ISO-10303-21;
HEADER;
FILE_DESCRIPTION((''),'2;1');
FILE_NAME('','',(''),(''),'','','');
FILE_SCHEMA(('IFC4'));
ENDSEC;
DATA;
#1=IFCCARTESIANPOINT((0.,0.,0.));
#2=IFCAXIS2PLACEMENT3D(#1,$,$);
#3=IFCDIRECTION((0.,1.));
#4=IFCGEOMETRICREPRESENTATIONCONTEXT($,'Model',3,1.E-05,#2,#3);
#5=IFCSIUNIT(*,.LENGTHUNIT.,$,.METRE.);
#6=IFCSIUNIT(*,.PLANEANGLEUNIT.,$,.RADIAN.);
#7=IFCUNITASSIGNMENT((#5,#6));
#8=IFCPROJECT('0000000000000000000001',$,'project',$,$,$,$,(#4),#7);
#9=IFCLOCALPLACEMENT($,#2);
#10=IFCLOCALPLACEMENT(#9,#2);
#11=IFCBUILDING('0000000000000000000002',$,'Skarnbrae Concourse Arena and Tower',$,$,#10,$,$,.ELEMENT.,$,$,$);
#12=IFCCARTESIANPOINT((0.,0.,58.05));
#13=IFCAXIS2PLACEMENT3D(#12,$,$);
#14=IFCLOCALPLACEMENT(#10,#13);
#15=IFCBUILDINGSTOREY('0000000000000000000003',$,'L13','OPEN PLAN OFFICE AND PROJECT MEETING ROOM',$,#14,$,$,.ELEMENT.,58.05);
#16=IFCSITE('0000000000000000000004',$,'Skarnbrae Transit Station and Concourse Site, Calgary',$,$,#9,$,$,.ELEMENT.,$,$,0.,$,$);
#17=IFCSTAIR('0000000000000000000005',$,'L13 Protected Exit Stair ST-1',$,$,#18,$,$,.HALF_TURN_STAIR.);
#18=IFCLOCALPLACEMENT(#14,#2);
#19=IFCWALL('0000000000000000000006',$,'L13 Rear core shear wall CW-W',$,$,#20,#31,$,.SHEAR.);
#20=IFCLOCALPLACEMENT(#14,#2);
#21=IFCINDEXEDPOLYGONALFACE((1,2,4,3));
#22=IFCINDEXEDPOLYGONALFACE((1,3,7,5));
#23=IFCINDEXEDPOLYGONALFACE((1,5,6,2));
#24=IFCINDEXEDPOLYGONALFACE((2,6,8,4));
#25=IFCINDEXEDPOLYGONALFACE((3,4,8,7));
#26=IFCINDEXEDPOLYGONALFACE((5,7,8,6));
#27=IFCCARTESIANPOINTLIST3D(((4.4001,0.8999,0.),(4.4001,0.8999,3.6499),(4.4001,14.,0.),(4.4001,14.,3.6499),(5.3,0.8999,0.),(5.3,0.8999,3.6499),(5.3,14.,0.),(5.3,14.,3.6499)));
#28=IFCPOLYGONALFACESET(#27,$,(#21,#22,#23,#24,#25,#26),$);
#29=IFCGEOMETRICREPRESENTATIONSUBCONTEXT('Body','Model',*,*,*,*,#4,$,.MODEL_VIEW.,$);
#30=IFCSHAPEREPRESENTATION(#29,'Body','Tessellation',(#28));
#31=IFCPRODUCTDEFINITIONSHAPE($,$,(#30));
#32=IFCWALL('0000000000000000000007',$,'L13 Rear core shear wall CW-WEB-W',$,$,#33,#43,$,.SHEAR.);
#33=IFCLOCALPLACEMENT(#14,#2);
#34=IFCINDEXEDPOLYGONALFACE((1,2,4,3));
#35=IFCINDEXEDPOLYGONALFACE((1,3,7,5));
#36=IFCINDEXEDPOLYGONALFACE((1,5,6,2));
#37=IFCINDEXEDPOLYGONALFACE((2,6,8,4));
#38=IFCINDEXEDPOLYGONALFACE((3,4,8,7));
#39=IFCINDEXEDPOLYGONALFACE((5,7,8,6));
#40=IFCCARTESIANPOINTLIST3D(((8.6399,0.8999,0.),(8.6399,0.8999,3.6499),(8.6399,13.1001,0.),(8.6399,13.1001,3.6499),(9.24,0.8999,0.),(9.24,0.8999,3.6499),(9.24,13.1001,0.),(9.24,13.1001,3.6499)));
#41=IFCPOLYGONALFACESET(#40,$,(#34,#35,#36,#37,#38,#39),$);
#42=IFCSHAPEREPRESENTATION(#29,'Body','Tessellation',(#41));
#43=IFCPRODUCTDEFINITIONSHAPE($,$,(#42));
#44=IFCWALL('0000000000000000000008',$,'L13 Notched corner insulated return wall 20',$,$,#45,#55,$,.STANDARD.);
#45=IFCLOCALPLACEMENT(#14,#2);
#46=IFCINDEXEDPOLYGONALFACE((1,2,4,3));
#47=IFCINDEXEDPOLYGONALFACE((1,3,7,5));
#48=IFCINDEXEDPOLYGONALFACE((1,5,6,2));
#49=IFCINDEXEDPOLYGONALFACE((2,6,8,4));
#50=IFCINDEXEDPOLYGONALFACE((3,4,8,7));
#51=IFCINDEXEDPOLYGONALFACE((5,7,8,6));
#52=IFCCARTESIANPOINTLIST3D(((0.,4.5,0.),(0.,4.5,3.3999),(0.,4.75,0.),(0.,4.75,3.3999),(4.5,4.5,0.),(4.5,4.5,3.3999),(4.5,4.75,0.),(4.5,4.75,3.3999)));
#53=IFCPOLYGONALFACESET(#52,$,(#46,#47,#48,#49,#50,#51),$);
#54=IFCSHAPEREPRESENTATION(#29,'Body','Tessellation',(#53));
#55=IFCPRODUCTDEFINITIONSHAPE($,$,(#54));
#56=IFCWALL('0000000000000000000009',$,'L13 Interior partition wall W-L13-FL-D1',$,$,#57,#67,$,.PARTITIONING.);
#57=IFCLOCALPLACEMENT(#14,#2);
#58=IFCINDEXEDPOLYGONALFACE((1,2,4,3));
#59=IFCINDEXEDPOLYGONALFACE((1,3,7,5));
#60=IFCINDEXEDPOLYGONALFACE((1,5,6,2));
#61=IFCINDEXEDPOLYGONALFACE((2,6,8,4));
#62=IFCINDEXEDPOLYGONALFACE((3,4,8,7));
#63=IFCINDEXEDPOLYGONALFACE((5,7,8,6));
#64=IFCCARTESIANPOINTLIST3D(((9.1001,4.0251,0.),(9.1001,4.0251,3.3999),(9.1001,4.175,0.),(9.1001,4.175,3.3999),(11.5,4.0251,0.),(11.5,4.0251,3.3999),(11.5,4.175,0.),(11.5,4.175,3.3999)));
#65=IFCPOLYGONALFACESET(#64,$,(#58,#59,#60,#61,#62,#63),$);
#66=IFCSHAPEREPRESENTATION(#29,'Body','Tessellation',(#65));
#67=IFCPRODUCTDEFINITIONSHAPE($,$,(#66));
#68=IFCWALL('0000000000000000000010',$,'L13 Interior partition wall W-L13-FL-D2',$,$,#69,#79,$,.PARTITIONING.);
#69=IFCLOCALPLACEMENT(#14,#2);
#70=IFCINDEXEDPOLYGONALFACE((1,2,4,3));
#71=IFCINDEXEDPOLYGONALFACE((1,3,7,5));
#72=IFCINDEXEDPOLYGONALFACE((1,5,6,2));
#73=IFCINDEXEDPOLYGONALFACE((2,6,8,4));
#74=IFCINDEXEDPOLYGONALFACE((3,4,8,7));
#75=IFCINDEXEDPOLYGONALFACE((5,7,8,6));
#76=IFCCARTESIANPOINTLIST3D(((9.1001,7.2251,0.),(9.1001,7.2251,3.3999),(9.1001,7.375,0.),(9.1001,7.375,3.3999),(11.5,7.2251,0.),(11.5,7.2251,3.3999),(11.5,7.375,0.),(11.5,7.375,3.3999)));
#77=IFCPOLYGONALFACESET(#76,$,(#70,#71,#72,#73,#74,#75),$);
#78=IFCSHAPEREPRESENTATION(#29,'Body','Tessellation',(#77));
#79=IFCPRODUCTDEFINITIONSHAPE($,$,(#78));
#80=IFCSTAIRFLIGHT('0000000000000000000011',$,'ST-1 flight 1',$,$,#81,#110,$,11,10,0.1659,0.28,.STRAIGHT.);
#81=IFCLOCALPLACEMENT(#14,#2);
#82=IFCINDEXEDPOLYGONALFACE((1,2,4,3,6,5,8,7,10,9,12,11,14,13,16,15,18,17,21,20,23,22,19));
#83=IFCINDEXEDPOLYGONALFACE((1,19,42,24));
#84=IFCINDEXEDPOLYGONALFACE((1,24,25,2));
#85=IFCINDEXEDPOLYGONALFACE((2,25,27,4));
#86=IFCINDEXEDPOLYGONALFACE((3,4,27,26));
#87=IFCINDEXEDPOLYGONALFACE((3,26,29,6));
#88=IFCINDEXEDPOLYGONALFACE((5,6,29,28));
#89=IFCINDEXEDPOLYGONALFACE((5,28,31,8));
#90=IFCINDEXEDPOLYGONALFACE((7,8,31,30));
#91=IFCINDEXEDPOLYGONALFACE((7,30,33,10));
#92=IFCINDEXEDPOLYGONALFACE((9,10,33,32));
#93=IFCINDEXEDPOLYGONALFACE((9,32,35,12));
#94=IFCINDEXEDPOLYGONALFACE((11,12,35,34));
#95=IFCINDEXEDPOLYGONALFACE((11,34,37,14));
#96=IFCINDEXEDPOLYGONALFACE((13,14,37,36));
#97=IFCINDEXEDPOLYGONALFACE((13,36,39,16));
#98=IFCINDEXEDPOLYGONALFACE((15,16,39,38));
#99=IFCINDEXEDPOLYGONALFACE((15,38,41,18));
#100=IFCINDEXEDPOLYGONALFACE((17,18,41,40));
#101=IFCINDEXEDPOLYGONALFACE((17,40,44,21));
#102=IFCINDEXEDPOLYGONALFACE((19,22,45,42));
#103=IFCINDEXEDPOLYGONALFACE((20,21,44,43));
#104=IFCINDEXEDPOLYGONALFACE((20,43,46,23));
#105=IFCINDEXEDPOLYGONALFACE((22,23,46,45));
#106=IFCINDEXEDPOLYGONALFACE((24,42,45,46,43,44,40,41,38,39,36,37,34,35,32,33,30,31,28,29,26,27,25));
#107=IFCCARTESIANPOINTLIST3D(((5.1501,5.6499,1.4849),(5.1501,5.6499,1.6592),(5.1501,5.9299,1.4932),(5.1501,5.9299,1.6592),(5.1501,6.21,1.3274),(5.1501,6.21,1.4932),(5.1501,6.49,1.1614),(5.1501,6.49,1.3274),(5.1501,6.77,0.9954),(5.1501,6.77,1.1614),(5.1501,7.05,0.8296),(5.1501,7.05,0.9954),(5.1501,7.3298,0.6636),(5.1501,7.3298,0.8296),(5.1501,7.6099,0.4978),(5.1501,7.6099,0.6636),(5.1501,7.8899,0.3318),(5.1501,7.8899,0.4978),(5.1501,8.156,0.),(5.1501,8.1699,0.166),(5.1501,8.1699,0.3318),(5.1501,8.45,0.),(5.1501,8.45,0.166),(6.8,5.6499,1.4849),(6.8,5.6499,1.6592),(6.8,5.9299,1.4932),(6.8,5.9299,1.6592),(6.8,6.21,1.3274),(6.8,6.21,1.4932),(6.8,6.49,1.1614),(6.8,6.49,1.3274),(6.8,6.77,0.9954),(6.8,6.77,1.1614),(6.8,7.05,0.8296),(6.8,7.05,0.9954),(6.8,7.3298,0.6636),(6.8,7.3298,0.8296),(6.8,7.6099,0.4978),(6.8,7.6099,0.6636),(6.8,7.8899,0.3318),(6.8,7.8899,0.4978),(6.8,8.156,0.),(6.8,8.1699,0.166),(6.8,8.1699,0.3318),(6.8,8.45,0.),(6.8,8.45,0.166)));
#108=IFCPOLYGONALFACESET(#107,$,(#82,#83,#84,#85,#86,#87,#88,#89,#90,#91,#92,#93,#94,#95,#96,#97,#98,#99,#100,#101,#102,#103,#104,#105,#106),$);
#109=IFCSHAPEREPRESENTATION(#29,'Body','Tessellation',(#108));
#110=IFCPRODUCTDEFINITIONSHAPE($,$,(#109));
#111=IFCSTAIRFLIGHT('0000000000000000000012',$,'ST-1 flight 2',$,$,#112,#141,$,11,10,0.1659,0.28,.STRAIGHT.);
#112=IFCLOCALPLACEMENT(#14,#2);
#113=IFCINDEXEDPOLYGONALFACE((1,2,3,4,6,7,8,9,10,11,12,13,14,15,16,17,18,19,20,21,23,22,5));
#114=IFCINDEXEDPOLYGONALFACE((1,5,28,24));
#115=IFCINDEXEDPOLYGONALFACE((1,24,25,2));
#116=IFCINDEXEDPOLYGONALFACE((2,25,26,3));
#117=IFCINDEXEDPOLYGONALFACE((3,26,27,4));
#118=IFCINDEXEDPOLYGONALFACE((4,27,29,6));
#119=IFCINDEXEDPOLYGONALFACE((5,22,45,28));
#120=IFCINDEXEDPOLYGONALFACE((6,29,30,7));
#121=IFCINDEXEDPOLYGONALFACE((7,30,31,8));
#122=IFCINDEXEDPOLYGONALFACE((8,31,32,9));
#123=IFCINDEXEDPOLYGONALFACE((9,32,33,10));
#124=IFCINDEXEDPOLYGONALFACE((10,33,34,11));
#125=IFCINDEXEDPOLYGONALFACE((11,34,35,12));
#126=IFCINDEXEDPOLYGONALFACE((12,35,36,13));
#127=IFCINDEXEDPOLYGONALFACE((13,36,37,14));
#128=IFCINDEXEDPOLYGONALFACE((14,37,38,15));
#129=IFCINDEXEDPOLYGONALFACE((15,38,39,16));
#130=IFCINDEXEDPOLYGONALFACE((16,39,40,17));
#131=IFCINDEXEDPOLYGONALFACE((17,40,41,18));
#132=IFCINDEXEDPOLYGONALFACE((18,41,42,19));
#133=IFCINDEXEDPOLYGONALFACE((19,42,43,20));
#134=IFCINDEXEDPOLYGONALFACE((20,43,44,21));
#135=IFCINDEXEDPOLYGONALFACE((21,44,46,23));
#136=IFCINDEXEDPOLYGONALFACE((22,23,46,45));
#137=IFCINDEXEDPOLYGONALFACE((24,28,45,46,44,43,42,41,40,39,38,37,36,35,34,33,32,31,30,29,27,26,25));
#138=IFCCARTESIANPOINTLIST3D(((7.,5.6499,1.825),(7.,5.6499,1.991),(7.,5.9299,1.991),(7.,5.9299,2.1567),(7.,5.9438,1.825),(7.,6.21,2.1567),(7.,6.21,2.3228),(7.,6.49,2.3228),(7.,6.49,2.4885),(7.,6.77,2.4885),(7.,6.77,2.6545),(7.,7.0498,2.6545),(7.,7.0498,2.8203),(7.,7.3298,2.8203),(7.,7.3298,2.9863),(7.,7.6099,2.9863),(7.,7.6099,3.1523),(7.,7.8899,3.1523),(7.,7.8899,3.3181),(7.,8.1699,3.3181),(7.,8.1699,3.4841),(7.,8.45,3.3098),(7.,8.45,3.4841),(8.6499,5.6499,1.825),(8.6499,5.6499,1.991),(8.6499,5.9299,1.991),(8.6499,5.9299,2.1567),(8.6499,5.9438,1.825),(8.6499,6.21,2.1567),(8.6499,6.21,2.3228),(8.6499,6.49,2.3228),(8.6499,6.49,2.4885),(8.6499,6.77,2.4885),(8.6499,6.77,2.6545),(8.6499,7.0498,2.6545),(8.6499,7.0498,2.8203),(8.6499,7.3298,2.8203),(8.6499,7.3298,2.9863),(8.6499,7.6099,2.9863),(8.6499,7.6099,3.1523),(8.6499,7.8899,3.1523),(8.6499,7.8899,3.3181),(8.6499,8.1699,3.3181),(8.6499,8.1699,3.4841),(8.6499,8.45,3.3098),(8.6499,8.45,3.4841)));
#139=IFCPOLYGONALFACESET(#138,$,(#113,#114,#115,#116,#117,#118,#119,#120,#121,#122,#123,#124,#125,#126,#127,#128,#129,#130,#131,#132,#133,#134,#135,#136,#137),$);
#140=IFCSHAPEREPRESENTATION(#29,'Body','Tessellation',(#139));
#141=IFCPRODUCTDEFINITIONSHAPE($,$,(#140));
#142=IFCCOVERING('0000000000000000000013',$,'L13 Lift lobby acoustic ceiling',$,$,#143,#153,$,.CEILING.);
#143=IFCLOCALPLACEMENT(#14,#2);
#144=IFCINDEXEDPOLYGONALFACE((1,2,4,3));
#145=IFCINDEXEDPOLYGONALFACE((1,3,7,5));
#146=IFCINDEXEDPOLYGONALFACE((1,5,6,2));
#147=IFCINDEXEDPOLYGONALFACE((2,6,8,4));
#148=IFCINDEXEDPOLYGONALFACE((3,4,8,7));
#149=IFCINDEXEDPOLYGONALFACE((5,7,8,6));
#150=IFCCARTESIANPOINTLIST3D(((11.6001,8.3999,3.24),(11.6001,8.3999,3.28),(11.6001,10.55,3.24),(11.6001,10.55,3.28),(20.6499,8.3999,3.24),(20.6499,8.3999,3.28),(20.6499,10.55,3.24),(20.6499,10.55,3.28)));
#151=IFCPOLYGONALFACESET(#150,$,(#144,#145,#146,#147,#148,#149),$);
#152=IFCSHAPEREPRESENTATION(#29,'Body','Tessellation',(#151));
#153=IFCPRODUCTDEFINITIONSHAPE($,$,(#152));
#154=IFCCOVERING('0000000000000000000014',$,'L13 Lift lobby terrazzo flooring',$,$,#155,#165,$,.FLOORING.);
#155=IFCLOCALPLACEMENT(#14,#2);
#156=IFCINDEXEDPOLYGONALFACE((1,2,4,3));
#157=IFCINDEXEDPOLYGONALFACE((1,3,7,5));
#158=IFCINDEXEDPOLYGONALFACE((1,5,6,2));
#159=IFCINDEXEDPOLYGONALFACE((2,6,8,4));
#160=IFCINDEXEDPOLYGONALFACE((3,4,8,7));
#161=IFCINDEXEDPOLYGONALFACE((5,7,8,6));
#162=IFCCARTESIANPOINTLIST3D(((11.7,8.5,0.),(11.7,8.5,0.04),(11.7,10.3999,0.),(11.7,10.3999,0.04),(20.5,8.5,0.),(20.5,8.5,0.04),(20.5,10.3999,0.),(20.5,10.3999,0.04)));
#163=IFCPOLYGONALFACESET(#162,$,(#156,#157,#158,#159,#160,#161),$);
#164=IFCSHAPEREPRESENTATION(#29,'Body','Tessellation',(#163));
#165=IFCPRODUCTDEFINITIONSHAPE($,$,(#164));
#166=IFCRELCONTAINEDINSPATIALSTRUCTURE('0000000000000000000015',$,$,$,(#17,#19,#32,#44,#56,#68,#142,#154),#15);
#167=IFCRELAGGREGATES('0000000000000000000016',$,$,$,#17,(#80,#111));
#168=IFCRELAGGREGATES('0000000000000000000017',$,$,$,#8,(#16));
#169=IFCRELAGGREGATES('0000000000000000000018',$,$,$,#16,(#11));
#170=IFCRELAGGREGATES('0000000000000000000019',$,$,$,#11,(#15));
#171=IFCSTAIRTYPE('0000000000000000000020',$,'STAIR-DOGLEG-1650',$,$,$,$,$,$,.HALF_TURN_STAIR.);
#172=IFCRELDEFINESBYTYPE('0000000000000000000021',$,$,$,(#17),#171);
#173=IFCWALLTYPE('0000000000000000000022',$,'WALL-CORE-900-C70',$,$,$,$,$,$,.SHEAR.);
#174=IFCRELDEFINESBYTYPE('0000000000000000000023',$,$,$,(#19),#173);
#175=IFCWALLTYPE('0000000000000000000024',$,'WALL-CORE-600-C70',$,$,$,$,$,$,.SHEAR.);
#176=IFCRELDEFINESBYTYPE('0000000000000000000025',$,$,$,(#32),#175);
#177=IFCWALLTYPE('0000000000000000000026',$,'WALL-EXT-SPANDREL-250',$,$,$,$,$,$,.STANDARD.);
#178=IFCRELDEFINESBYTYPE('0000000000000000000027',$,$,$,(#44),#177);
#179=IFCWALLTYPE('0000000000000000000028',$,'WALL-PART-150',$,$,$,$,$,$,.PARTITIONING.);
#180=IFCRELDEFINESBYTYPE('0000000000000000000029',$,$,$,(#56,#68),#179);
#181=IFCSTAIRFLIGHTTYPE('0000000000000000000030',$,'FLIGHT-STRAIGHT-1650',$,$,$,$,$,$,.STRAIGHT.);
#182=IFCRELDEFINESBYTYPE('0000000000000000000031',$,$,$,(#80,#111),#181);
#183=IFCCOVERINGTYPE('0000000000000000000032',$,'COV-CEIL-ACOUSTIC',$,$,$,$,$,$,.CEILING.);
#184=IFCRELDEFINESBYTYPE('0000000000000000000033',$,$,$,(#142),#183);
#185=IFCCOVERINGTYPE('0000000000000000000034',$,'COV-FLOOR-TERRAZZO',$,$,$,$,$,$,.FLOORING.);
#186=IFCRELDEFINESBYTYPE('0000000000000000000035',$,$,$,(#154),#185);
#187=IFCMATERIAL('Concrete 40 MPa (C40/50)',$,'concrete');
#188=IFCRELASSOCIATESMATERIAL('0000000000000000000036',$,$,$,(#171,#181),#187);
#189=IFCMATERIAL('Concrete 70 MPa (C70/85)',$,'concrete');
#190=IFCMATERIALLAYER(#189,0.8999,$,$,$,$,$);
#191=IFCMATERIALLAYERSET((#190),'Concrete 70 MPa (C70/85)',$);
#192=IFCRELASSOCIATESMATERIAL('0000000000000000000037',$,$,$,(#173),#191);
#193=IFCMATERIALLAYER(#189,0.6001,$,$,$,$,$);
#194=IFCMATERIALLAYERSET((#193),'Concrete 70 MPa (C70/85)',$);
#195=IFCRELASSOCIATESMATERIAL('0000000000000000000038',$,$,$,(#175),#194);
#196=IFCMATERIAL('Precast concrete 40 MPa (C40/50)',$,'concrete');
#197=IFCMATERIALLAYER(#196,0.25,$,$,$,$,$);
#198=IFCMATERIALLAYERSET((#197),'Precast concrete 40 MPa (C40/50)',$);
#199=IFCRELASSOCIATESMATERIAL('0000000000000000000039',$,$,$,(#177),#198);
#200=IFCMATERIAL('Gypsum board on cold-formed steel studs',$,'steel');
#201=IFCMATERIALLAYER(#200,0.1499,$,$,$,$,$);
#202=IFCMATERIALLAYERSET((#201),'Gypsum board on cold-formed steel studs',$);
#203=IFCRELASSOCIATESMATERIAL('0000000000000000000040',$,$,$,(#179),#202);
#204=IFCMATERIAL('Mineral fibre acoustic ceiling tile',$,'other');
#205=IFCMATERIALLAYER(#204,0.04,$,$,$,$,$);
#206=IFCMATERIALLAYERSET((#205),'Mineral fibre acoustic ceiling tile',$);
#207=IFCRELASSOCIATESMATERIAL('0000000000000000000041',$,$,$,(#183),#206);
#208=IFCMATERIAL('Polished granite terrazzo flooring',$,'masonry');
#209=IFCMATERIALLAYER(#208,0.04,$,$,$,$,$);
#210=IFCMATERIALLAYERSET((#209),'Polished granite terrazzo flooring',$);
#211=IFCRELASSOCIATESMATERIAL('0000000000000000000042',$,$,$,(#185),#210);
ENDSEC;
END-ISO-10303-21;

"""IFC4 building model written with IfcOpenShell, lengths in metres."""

from ifc_helpers import new_model, si_unit, direction, frame, frame_2d, origin, place, context, subcontext, project, spatial, polyline, rectangle, outline, extrude, source, transform, mapped, material, layer, layer_set, type_object, element, aggregate, save


model = new_model("IFC4")

# Units and contexts
model_context = context("Model", 3, precision=1e-05, world=origin(), true_north=direction((0.0, 1.0)))
body_context = subcontext(model_context, "Body", "Model", "MODEL_VIEW")
ifc_project = project(units=[si_unit("LENGTHUNIT", "METRE"), si_unit("PLANEANGLEUNIT", "RADIAN")], contexts=[model_context])

# Site, building, storey
site_placement = place(None, origin())
site = spatial("IfcSite", under=ifc_project, at=site_placement, Name="Skarnbrae Transit Station and Concourse Site, Calgary", CompositionType="ELEMENT", RefElevation=0.0)
building_placement = place(site_placement, origin())
building = spatial("IfcBuilding", under=site, at=building_placement, Name="Skarnbrae Concourse Arena and Tower", CompositionType="ELEMENT")
storey_placement = place(building_placement, frame((0.0, 0.0, 58.05)))
storey = spatial("IfcBuildingStorey", under=building, at=storey_placement, Name="L13", Description="OPEN PLAN OFFICE AND PROJECT MEETING ROOM", CompositionType="ELEMENT", Elevation=58.05)

# Stair
ifc_material_1 = material(Name="Concrete 40 MPa (C40/50)", Category="concrete")
stair_type = type_object("IfcStairType", Name="STAIR-DOGLEG-1650", PredefinedType="HALF_TURN_STAIR", material=ifc_material_1)
stair_1_placement = place(storey_placement, origin())
stair_1 = element("IfcStair", 1, at=stair_1_placement, inside=storey, type_object=stair_type, Name="L13 Protected Exit Stair ST-1", PredefinedType="HALF_TURN_STAIR")

# Walls
ifc_material_2 = material(Name="Concrete 70 MPa (C70/85)", Category="concrete")
ifc_layer_1 = layer(ifc_material_2, 0.8999)
ifc_layer_set_1 = layer_set([ifc_layer_1], Name="Concrete 70 MPa (C70/85)")
wall_type_1 = type_object("IfcWallType", Name="WALL-CORE-900-C70", PredefinedType="SHEAR", material=ifc_layer_set_1)
shared_shape_1 = source(origin(), body_context, "Body", "SweptSolid", [
    extrude(rectangle(XDim=13.1001, YDim=0.8999, at=frame_2d((6.55, 0.0))), origin(), (0.0, 0.0, 1.0), 3.6499),
])
wall_1_placement = place(storey_placement, frame((4.8501, 0.8999, 0.0), z_axis=(0.0, 0.0, 1.0), x_axis=(0.0, 1.0, 0.0)))
element("IfcWall", 2, at=wall_1_placement, inside=storey, type_object=wall_type_1, Name="L13 Rear core shear wall CW-W", PredefinedType="SHEAR", context=body_context, shape_type="MappedRepresentation", body=[
    mapped(shared_shape_1, transform((0.0, 0.0, 0.0))),
])
ifc_layer_2 = layer(ifc_material_2, 0.6001)
ifc_layer_set_2 = layer_set([ifc_layer_2], Name="Concrete 70 MPa (C70/85)")
wall_type_2 = type_object("IfcWallType", Name="WALL-CORE-600-C70", PredefinedType="SHEAR", material=ifc_layer_set_2)
shared_shape_2 = source(origin(), body_context, "Body", "SweptSolid", [
    extrude(rectangle(XDim=12.2002, YDim=0.6001, at=frame_2d((6.1001, 0.0))), origin(), (0.0, 0.0, 1.0), 3.6499),
])
wall_2_placement = place(storey_placement, frame((8.9399, 0.8999, 0.0), z_axis=(0.0, 0.0, 1.0), x_axis=(0.0, 1.0, 0.0)))
element("IfcWall", 3, at=wall_2_placement, inside=storey, type_object=wall_type_2, Name="L13 Rear core shear wall CW-WEB-W", PredefinedType="SHEAR", context=body_context, shape_type="MappedRepresentation", body=[
    mapped(shared_shape_2, transform((0.0, 0.0, 0.0))),
])

# Walls
ifc_material_3 = material(Name="Precast concrete 40 MPa (C40/50)", Category="concrete")
ifc_layer_3 = layer(ifc_material_3, 0.25)
ifc_layer_set_3 = layer_set([ifc_layer_3], Name="Precast concrete 40 MPa (C40/50)")
wall_type_3 = type_object("IfcWallType", Name="WALL-EXT-SPANDREL-250", PredefinedType="STANDARD", material=ifc_layer_set_3)
shared_shape_3 = source(origin(), body_context, "Body", "SweptSolid", [
    extrude(rectangle(XDim=4.5, YDim=0.25, at=frame_2d((2.25, 0.0))), origin(), (0.0, 0.0, 1.0), 3.3999),
])
wall_3_placement = place(storey_placement, frame((0.0, 4.625, 0.0), z_axis=(0.0, 0.0, 1.0), x_axis=(1.0, 0.0, 0.0)))
element("IfcWall", 4, at=wall_3_placement, inside=storey, type_object=wall_type_3, Name="L13 Notched corner insulated return wall 20", PredefinedType="STANDARD", context=body_context, shape_type="MappedRepresentation", body=[
    mapped(shared_shape_3, transform((0.0, 0.0, 0.0))),
])
ifc_material_4 = material(Name="Gypsum board on cold-formed steel studs", Category="steel")
ifc_layer_4 = layer(ifc_material_4, 0.1499)
ifc_layer_set_4 = layer_set([ifc_layer_4], Name="Gypsum board on cold-formed steel studs")
wall_type_4 = type_object("IfcWallType", Name="WALL-PART-150", PredefinedType="PARTITIONING", material=ifc_layer_set_4)
shared_shape_4 = source(origin(), body_context, "Body", "SweptSolid", [
    extrude(rectangle(XDim=2.3999, YDim=0.1499, at=frame_2d((1.2, 0.0))), origin(), (0.0, 0.0, 1.0), 3.3999),
])
for number, where, z_axis, x_axis, name in (
    (5, (9.1001, 4.1001, 0.0), (0.0, 0.0, 1.0), (1.0, 0.0, 0.0), "L13 Interior partition wall W-L13-FL-D1"),
    (6, (9.1001, 7.3, 0.0), (0.0, 0.0, 1.0), (1.0, 0.0, 0.0), "L13 Interior partition wall W-L13-FL-D2"),
):
    element("IfcWall", number, at=place(storey_placement, frame(where, z_axis=z_axis, x_axis=x_axis)), inside=storey, type_object=wall_type_4, Name=name, PredefinedType="PARTITIONING", context=body_context, shape_type="MappedRepresentation", body=[
        mapped(shared_shape_4, transform((0.0, 0.0, 0.0))),
    ])

# Stair flights
stair_flight_type = type_object("IfcStairFlightType", Name="FLIGHT-STRAIGHT-1650", PredefinedType="STRAIGHT", material=ifc_material_1)
shared_shape_5 = source(origin(), body_context, "Body", "SweptSolid", [
    extrude(outline(polyline([(0.0, 0.0), (0.0, 0.166), (0.28, 0.166), (0.28, 0.3318), (0.5601, 0.3318), (0.5601, 0.4978), (0.8401, 0.4978), (0.8401, 0.6636), (1.1201, 0.6636), (1.1201, 0.8296), (1.3999, 0.8296), (1.3999, 0.9954), (1.6799, 0.9954), (1.6799, 1.1614), (1.96, 1.1614), (1.96, 1.3274), (2.24, 1.3274), (2.24, 1.4932), (2.52, 1.4932), (2.52, 1.6592), (2.8, 1.6592), (2.8, 1.825), (2.8, 1.4849), (0.2939, 0.0), (0.0, 0.0)])), frame((0.0, 0.825, 0.0), z_axis=(0.0, -1.0, 0.0), x_axis=(1.0, 0.0, 0.0)), (0.0, 0.0, 1.0), 1.6499),
])
stair_flight_1_placement = place(storey_placement, frame((5.9751, 8.45, 0.0), z_axis=(0.0, 0.0, 1.0), x_axis=(0.0, -1.0, 0.0)))
stair_flight_1 = element("IfcStairFlight", 7, at=stair_flight_1_placement, type_object=stair_flight_type, Name="ST-1 flight 1", NumberOfRisers=11, NumberOfTreads=10, PredefinedType="STRAIGHT", RiserHeight=0.1659, TreadLength=0.28, context=body_context, shape_type="MappedRepresentation", body=[
    mapped(shared_shape_5, transform((0.0, 0.0, 0.0))),
])
stair_flight_2_placement = place(storey_placement, frame((7.825, 5.6499, 1.825), z_axis=(0.0, 0.0, 1.0), x_axis=(0.0, 1.0, 0.0)))
stair_flight_2 = element("IfcStairFlight", 8, at=stair_flight_2_placement, type_object=stair_flight_type, Name="ST-1 flight 2", NumberOfRisers=11, NumberOfTreads=10, PredefinedType="STRAIGHT", RiserHeight=0.1659, TreadLength=0.28, context=body_context, shape_type="MappedRepresentation", body=[
    mapped(shared_shape_5, transform((0.0, 0.0, 0.0))),
])
aggregate(stair_1, [stair_flight_1, stair_flight_2])

# Coverings
ifc_material_5 = material(Name="Mineral fibre acoustic ceiling tile", Category="other")
ifc_layer_5 = layer(ifc_material_5, 0.04)
ifc_layer_set_5 = layer_set([ifc_layer_5], Name="Mineral fibre acoustic ceiling tile")
covering_type_1 = type_object("IfcCoveringType", Name="COV-CEIL-ACOUSTIC", PredefinedType="CEILING", material=ifc_layer_set_5)
covering_1_placement = place(storey_placement, frame((0.0, 0.0, 3.24)))
element("IfcCovering", 9, at=covering_1_placement, inside=storey, type_object=covering_type_1, Name="L13 Lift lobby acoustic ceiling", PredefinedType="CEILING", context=body_context, shape_type="SweptSolid", body=[
    extrude(outline(polyline([(11.6001, 8.3999), (20.6499, 8.3999), (20.6499, 10.55), (11.6001, 10.55), (11.6001, 8.3999)])), origin(), (0.0, 0.0, 1.0), 0.04),
])
ifc_material_6 = material(Name="Polished granite terrazzo flooring", Category="masonry")
ifc_layer_6 = layer(ifc_material_6, 0.04)
ifc_layer_set_6 = layer_set([ifc_layer_6], Name="Polished granite terrazzo flooring")
covering_type_2 = type_object("IfcCoveringType", Name="COV-FLOOR-TERRAZZO", PredefinedType="FLOORING", material=ifc_layer_set_6)
covering_2_placement = place(storey_placement, origin())
element("IfcCovering", 10, at=covering_2_placement, inside=storey, type_object=covering_type_2, Name="L13 Lift lobby terrazzo flooring", PredefinedType="FLOORING", context=body_context, shape_type="SweptSolid", body=[
    extrude(outline(polyline([(11.7, 8.5), (20.5, 8.5), (20.5, 10.3999), (11.7, 10.3999), (11.7, 8.5)])), origin(), (0.0, 0.0, 1.0), 0.04),
])

save(model, "model.ifc")
